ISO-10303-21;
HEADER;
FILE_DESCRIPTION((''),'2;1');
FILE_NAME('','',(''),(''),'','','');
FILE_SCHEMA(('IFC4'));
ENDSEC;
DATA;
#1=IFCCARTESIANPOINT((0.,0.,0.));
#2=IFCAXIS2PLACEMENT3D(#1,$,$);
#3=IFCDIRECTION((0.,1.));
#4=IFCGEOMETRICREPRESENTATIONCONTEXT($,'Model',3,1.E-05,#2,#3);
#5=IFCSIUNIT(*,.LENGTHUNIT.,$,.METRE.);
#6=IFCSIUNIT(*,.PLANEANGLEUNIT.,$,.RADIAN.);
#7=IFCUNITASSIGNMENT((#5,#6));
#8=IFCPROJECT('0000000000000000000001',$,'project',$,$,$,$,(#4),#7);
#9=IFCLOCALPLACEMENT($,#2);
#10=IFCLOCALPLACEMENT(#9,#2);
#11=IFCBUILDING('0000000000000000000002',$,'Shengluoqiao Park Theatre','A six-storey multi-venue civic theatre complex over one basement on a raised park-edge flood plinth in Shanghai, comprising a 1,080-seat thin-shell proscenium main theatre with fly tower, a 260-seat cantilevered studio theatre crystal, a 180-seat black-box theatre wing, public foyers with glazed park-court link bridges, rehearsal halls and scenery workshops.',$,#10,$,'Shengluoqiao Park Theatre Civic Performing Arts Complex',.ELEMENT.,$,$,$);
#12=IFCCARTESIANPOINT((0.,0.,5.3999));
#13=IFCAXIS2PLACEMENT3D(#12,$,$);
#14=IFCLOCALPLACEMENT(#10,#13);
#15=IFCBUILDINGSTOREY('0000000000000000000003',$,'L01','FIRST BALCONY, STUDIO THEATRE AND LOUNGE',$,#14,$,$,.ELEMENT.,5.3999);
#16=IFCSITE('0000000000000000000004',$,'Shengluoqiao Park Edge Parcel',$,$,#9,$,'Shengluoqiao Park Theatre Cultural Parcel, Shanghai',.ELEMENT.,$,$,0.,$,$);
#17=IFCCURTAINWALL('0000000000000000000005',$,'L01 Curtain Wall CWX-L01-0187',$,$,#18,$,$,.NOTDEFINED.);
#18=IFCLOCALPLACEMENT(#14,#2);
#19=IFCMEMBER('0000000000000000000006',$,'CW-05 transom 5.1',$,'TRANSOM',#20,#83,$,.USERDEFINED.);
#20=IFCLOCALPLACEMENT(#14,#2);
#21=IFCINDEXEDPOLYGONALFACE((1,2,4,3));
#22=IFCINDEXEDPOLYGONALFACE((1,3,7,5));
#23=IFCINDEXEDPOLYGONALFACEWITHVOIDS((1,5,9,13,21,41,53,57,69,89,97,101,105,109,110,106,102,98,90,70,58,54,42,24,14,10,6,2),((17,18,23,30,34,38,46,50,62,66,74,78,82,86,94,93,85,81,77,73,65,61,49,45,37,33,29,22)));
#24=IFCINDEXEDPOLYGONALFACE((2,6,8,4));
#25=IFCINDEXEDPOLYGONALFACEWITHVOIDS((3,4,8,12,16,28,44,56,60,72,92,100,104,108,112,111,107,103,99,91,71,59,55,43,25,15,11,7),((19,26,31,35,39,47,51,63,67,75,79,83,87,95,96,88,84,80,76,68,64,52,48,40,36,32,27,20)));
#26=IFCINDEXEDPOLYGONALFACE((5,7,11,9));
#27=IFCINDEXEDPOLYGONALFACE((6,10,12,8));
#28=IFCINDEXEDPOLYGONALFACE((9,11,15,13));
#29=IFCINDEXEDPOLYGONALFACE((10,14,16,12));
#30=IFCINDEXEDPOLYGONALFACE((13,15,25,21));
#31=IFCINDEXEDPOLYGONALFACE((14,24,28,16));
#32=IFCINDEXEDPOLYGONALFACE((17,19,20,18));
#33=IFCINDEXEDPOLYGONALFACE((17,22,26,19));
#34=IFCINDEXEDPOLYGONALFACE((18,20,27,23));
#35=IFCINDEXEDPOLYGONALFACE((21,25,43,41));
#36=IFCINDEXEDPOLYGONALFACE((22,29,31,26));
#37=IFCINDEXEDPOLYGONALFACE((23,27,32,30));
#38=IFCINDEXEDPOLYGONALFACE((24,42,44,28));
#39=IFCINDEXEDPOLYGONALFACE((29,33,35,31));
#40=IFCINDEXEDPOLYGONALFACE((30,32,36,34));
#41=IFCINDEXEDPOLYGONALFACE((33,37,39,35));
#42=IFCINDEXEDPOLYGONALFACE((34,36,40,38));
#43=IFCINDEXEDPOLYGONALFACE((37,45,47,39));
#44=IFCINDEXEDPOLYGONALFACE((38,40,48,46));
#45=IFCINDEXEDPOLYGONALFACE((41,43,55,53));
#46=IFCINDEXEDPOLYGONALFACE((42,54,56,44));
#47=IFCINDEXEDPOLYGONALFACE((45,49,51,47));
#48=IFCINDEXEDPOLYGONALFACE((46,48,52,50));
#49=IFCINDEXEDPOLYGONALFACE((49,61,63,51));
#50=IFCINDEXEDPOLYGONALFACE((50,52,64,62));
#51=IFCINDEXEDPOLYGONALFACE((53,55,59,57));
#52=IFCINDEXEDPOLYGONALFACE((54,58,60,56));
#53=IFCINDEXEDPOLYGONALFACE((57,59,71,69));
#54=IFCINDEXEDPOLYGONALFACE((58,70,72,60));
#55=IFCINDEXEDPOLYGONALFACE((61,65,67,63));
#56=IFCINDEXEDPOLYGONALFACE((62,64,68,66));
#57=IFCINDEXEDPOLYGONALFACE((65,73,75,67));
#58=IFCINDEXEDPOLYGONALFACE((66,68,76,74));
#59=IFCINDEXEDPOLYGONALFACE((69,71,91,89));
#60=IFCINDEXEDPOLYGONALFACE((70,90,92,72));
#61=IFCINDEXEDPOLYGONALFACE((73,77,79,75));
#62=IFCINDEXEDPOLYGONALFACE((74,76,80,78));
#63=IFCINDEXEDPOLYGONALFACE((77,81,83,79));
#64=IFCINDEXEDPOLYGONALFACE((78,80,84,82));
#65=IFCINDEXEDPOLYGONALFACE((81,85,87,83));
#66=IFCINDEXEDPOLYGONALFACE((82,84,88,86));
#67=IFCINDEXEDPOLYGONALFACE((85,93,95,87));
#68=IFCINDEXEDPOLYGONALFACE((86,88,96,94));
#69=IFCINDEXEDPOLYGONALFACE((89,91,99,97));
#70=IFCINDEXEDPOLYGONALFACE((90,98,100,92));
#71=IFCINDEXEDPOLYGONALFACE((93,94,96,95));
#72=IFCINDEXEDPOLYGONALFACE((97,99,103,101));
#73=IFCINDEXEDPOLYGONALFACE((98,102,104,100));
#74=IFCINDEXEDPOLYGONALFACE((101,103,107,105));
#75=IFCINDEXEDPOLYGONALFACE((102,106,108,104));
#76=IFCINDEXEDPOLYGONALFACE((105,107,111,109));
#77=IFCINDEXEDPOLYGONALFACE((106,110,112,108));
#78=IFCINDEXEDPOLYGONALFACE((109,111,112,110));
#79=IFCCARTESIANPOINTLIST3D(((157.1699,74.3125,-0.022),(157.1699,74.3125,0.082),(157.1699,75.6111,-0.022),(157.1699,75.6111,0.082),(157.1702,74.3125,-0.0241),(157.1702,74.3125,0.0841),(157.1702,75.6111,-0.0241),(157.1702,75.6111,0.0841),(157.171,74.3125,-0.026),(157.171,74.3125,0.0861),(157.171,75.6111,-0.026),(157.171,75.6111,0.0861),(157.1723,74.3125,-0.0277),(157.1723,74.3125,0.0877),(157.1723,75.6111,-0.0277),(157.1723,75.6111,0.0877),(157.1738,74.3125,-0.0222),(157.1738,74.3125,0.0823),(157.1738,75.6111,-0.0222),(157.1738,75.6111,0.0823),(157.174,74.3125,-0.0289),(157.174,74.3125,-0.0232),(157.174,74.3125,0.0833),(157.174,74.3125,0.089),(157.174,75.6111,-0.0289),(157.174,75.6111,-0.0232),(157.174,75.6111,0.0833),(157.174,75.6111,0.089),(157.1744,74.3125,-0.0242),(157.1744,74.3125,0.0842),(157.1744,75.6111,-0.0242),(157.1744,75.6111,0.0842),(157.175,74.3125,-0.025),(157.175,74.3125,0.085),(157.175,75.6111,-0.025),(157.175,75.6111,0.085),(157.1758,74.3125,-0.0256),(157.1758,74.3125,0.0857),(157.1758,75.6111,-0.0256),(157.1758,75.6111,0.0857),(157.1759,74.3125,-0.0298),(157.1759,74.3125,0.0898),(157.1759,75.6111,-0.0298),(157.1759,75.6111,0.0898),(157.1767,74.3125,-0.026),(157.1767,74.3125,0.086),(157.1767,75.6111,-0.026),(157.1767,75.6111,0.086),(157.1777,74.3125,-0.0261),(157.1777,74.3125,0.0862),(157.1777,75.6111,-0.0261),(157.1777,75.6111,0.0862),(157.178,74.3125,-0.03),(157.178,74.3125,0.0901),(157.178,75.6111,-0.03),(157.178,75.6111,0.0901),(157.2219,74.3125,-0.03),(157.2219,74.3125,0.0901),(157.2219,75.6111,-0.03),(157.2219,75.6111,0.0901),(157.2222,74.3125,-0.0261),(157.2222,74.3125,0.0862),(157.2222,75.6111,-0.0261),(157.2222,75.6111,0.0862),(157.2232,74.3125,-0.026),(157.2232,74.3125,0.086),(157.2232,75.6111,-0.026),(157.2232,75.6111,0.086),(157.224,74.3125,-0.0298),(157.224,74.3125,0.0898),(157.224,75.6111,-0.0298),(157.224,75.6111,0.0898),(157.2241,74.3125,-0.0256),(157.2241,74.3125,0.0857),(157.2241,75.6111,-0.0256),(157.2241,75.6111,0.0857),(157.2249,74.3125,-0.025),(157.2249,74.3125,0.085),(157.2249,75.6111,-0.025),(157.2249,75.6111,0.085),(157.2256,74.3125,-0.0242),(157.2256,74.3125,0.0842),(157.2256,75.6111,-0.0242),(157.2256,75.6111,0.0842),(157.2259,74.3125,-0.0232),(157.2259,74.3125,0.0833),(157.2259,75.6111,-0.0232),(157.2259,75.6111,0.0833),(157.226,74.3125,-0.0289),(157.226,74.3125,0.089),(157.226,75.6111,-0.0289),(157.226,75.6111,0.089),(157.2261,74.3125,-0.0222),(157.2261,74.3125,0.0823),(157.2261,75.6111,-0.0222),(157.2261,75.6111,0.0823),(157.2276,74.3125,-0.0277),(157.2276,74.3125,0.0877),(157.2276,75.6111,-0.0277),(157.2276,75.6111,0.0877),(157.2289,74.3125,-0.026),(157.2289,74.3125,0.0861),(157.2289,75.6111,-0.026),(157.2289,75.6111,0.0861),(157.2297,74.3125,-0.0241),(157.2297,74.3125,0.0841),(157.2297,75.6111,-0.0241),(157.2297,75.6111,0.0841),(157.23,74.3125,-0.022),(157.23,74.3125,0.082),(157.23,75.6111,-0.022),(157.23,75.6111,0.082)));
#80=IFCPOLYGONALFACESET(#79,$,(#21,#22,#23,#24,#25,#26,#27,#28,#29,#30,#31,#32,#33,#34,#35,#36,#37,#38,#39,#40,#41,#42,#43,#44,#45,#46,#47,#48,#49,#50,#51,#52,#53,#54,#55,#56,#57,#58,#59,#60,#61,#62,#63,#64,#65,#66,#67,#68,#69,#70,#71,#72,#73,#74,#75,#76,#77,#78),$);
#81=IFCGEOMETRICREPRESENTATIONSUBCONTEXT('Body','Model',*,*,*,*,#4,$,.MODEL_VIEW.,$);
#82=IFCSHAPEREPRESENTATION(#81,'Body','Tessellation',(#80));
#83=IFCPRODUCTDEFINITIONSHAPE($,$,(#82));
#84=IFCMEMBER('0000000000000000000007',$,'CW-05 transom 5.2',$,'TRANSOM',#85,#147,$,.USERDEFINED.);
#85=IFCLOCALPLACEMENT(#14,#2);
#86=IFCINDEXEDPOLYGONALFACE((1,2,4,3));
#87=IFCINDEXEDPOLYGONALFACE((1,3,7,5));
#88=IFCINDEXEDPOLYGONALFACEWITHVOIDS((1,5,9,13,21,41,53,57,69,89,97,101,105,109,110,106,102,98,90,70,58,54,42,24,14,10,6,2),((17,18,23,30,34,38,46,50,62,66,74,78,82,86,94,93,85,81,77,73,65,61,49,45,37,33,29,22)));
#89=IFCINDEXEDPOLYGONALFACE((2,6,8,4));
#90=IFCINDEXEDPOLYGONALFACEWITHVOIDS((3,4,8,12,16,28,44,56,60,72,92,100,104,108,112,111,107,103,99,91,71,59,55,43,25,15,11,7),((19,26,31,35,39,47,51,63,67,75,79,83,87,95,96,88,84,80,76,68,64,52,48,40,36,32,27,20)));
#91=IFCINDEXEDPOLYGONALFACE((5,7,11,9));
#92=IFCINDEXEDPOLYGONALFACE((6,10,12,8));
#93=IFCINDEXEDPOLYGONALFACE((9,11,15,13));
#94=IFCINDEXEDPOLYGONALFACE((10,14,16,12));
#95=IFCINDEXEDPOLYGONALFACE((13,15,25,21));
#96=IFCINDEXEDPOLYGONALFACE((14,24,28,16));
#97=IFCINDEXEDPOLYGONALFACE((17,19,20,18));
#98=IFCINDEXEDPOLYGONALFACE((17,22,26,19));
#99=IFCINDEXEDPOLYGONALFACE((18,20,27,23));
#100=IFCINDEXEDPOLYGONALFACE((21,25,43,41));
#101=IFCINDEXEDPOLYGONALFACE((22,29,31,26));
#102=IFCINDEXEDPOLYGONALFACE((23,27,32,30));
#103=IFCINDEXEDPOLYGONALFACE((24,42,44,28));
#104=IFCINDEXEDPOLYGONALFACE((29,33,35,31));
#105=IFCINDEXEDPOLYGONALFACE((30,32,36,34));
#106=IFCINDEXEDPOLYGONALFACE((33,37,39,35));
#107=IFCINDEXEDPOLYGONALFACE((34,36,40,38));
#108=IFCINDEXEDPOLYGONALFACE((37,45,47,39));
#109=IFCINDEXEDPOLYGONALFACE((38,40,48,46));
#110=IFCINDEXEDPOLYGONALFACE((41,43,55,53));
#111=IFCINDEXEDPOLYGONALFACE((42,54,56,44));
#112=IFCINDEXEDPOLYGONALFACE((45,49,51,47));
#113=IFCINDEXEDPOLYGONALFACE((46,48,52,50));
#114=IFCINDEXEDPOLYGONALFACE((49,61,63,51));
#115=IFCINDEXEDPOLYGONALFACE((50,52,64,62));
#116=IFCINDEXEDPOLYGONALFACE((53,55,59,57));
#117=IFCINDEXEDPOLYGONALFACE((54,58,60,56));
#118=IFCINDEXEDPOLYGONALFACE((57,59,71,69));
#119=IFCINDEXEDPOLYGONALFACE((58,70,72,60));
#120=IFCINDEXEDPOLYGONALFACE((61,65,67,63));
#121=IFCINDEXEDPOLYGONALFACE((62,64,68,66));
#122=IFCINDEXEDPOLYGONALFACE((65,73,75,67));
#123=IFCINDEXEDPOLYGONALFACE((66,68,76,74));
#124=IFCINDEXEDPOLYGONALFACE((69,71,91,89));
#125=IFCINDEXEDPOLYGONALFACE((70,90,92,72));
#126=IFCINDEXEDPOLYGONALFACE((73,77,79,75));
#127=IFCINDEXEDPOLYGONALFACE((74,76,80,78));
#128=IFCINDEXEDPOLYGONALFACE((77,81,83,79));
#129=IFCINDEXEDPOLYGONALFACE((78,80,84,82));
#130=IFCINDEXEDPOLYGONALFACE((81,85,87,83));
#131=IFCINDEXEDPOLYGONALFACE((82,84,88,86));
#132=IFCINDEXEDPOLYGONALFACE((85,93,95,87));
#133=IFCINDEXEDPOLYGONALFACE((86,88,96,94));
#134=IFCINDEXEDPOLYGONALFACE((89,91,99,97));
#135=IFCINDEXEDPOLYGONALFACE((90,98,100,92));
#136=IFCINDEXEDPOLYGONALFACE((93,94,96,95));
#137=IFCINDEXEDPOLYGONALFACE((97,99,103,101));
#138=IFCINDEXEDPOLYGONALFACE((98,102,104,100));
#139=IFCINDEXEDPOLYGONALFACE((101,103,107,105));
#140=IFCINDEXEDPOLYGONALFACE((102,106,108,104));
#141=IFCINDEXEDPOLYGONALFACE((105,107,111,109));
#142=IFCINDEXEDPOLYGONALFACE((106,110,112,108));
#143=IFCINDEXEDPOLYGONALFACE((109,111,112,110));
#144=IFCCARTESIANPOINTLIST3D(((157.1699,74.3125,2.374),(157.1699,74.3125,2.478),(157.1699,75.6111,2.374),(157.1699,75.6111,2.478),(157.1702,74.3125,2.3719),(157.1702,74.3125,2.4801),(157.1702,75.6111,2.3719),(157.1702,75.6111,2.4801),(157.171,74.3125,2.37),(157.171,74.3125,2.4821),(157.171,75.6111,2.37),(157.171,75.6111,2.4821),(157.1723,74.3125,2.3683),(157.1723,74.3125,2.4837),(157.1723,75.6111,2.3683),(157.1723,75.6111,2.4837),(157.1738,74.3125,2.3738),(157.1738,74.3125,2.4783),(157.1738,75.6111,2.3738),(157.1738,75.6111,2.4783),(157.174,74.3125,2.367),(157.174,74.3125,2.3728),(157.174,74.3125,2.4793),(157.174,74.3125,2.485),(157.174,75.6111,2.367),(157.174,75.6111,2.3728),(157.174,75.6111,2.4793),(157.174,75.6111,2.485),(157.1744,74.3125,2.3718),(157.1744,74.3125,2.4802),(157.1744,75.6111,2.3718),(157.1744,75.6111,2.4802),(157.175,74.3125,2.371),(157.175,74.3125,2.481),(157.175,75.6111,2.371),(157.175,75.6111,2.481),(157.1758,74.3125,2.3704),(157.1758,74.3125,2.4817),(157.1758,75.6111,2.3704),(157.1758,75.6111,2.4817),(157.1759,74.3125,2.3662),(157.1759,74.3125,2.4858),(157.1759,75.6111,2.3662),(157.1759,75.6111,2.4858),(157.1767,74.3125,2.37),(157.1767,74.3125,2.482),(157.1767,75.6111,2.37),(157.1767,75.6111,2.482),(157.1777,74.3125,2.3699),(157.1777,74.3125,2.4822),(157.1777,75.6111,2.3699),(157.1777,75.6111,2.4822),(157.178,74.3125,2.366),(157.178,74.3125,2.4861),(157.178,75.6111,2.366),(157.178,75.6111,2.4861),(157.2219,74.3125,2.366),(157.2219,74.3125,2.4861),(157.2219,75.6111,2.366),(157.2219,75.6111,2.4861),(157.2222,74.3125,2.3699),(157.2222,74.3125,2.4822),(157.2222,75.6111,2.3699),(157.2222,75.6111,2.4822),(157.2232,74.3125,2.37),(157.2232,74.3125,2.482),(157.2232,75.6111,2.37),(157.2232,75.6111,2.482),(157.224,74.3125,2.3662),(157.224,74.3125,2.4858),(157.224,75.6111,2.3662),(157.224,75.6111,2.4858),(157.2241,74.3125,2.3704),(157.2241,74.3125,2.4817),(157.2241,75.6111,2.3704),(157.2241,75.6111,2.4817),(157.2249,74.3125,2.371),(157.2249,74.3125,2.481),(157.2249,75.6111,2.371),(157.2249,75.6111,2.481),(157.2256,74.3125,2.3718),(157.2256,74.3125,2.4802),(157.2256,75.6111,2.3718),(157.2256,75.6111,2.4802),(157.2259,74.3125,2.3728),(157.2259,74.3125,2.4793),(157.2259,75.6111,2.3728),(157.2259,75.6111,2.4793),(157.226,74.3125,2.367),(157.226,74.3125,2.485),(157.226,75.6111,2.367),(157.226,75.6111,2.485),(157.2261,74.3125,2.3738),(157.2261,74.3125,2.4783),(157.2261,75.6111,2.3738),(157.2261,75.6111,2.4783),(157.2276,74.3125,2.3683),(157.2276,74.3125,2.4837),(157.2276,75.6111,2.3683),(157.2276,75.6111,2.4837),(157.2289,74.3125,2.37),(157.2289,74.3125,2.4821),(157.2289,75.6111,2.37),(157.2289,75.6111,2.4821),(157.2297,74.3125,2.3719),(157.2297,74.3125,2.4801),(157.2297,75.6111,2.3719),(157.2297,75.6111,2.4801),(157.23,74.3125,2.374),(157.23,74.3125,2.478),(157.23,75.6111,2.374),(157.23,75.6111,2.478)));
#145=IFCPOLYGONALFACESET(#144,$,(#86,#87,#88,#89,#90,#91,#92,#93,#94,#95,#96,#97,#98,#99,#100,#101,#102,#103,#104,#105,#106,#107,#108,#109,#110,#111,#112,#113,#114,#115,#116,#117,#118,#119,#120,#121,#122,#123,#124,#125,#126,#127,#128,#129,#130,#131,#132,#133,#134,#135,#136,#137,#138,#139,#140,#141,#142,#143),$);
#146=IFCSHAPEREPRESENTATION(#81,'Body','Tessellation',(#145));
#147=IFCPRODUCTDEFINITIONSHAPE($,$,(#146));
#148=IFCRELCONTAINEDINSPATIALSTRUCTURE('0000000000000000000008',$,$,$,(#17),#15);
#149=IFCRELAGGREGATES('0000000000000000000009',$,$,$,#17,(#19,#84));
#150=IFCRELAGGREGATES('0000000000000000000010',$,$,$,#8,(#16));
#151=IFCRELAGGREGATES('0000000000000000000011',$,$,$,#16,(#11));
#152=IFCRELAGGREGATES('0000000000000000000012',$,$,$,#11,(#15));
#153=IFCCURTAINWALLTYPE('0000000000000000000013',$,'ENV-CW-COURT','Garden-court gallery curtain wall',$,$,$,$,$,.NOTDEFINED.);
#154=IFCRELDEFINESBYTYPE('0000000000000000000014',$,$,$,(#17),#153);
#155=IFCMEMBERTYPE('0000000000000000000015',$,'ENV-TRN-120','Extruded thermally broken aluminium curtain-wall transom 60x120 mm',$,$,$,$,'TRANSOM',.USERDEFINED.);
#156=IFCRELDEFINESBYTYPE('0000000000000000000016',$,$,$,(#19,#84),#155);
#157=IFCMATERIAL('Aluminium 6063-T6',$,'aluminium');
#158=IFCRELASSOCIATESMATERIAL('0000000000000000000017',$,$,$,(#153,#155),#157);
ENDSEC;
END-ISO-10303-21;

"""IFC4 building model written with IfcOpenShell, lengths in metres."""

from ifc_helpers import new_model, si_unit, direction, frame, origin, origin_2d, place, context, subcontext, project, spatial, hollow_rectangle, extrude, material, material_profile, profile_set, type_object, element, aggregate, save


model = new_model("IFC4")

# Units and contexts
model_context = context("Model", 3, precision=1e-05, world=origin(), true_north=direction((0.0, 1.0)))
body_context = subcontext(model_context, "Body", "Model", "MODEL_VIEW")
ifc_project = project(units=[si_unit("LENGTHUNIT", "METRE"), si_unit("PLANEANGLEUNIT", "RADIAN")], contexts=[model_context])

# Site, building, storey
site_placement = place(None, origin())
site = spatial("IfcSite", under=ifc_project, at=site_placement, Name="Shengluoqiao Park Edge Parcel", LongName="Shengluoqiao Park Theatre Cultural Parcel, Shanghai", CompositionType="ELEMENT", RefElevation=0.0)
building_placement = place(site_placement, origin())
building = spatial("IfcBuilding", under=site, at=building_placement, Name="Shengluoqiao Park Theatre", Description="A six-storey multi-venue civic theatre complex over one basement on a raised park-edge flood plinth in Shanghai, comprising a 1,080-seat thin-shell proscenium main theatre with fly tower, a 260-seat cantilevered studio theatre crystal, a 180-seat black-box theatre wing, public foyers with glazed park-court link bridges, rehearsal halls and scenery workshops.", LongName="Shengluoqiao Park Theatre Civic Performing Arts Complex", CompositionType="ELEMENT")
storey_placement = place(building_placement, frame((0.0, 0.0, 5.3999)))
storey = spatial("IfcBuildingStorey", under=building, at=storey_placement, Name="L01", Description="FIRST BALCONY, STUDIO THEATRE AND LOUNGE", CompositionType="ELEMENT", Elevation=5.3999)

# Curtain wall, members
ifc_material_1 = material(Name="Aluminium 6063-T6", Category="aluminium")
curtain_wall_type = type_object("IfcCurtainWallType", Name="ENV-CW-COURT", Description="Garden-court gallery curtain wall", PredefinedType="NOTDEFINED", material=ifc_material_1)
curtain_wall_placement = place(storey_placement, origin())
curtain_wall = element("IfcCurtainWall", 1, at=curtain_wall_placement, inside=storey, type_object=curtain_wall_type, Name="L01 Curtain Wall CWX-L01-0187", PredefinedType="NOTDEFINED")
ifc_material_profile_1 = material_profile(ifc_material_1, hollow_rectangle(XDim=0.0601, YDim=0.1201, WallThickness=0.0039, InnerFilletRadius=0.0039, OuterFilletRadius=0.0081, at=origin_2d()), Name="ALU TRANSOM 120x60x4")
ifc_profile_set_1 = profile_set([ifc_material_profile_1], Name="Aluminium 6063-T6")
member_type_1 = type_object("IfcMemberType", Name="ENV-TRN-120", Description="Extruded thermally broken aluminium curtain-wall transom 60x120 mm", ElementType="TRANSOM", PredefinedType="USERDEFINED", material=ifc_profile_set_1)
member_1_placement = place(storey_placement, frame((157.2, 74.3125, 0.03), z_axis=(0.0, 1.0, 0.0), x_axis=(-1.0, 0.0, 0.0)))
member_1 = element("IfcMember", 2, at=member_1_placement, type_object=member_type_1, Name="CW-05 transom 5.1", ObjectType="TRANSOM", PredefinedType="USERDEFINED", context=body_context, shape_type="SweptSolid", body=[
    extrude(hollow_rectangle(XDim=0.0601, YDim=0.1201, WallThickness=0.0039, InnerFilletRadius=0.0039, OuterFilletRadius=0.0081, at=origin_2d()), origin(), (0.0, 0.0, 1.0), 1.2986),
])
member_2_placement = place(storey_placement, frame((157.2, 74.3125, 2.426), z_axis=(0.0, 1.0, 0.0), x_axis=(-1.0, 0.0, 0.0)))
member_2 = element("IfcMember", 3, at=member_2_placement, type_object=member_type_1, Name="CW-05 transom 5.2", ObjectType="TRANSOM", PredefinedType="USERDEFINED", context=body_context, shape_type="SweptSolid", body=[
    extrude(hollow_rectangle(XDim=0.0601, YDim=0.1201, WallThickness=0.0039, InnerFilletRadius=0.0039, OuterFilletRadius=0.0081, at=origin_2d()), origin(), (0.0, 0.0, 1.0), 1.2986),
])

aggregate(curtain_wall, [member_1, member_2])

save(model, "model.ifc")
